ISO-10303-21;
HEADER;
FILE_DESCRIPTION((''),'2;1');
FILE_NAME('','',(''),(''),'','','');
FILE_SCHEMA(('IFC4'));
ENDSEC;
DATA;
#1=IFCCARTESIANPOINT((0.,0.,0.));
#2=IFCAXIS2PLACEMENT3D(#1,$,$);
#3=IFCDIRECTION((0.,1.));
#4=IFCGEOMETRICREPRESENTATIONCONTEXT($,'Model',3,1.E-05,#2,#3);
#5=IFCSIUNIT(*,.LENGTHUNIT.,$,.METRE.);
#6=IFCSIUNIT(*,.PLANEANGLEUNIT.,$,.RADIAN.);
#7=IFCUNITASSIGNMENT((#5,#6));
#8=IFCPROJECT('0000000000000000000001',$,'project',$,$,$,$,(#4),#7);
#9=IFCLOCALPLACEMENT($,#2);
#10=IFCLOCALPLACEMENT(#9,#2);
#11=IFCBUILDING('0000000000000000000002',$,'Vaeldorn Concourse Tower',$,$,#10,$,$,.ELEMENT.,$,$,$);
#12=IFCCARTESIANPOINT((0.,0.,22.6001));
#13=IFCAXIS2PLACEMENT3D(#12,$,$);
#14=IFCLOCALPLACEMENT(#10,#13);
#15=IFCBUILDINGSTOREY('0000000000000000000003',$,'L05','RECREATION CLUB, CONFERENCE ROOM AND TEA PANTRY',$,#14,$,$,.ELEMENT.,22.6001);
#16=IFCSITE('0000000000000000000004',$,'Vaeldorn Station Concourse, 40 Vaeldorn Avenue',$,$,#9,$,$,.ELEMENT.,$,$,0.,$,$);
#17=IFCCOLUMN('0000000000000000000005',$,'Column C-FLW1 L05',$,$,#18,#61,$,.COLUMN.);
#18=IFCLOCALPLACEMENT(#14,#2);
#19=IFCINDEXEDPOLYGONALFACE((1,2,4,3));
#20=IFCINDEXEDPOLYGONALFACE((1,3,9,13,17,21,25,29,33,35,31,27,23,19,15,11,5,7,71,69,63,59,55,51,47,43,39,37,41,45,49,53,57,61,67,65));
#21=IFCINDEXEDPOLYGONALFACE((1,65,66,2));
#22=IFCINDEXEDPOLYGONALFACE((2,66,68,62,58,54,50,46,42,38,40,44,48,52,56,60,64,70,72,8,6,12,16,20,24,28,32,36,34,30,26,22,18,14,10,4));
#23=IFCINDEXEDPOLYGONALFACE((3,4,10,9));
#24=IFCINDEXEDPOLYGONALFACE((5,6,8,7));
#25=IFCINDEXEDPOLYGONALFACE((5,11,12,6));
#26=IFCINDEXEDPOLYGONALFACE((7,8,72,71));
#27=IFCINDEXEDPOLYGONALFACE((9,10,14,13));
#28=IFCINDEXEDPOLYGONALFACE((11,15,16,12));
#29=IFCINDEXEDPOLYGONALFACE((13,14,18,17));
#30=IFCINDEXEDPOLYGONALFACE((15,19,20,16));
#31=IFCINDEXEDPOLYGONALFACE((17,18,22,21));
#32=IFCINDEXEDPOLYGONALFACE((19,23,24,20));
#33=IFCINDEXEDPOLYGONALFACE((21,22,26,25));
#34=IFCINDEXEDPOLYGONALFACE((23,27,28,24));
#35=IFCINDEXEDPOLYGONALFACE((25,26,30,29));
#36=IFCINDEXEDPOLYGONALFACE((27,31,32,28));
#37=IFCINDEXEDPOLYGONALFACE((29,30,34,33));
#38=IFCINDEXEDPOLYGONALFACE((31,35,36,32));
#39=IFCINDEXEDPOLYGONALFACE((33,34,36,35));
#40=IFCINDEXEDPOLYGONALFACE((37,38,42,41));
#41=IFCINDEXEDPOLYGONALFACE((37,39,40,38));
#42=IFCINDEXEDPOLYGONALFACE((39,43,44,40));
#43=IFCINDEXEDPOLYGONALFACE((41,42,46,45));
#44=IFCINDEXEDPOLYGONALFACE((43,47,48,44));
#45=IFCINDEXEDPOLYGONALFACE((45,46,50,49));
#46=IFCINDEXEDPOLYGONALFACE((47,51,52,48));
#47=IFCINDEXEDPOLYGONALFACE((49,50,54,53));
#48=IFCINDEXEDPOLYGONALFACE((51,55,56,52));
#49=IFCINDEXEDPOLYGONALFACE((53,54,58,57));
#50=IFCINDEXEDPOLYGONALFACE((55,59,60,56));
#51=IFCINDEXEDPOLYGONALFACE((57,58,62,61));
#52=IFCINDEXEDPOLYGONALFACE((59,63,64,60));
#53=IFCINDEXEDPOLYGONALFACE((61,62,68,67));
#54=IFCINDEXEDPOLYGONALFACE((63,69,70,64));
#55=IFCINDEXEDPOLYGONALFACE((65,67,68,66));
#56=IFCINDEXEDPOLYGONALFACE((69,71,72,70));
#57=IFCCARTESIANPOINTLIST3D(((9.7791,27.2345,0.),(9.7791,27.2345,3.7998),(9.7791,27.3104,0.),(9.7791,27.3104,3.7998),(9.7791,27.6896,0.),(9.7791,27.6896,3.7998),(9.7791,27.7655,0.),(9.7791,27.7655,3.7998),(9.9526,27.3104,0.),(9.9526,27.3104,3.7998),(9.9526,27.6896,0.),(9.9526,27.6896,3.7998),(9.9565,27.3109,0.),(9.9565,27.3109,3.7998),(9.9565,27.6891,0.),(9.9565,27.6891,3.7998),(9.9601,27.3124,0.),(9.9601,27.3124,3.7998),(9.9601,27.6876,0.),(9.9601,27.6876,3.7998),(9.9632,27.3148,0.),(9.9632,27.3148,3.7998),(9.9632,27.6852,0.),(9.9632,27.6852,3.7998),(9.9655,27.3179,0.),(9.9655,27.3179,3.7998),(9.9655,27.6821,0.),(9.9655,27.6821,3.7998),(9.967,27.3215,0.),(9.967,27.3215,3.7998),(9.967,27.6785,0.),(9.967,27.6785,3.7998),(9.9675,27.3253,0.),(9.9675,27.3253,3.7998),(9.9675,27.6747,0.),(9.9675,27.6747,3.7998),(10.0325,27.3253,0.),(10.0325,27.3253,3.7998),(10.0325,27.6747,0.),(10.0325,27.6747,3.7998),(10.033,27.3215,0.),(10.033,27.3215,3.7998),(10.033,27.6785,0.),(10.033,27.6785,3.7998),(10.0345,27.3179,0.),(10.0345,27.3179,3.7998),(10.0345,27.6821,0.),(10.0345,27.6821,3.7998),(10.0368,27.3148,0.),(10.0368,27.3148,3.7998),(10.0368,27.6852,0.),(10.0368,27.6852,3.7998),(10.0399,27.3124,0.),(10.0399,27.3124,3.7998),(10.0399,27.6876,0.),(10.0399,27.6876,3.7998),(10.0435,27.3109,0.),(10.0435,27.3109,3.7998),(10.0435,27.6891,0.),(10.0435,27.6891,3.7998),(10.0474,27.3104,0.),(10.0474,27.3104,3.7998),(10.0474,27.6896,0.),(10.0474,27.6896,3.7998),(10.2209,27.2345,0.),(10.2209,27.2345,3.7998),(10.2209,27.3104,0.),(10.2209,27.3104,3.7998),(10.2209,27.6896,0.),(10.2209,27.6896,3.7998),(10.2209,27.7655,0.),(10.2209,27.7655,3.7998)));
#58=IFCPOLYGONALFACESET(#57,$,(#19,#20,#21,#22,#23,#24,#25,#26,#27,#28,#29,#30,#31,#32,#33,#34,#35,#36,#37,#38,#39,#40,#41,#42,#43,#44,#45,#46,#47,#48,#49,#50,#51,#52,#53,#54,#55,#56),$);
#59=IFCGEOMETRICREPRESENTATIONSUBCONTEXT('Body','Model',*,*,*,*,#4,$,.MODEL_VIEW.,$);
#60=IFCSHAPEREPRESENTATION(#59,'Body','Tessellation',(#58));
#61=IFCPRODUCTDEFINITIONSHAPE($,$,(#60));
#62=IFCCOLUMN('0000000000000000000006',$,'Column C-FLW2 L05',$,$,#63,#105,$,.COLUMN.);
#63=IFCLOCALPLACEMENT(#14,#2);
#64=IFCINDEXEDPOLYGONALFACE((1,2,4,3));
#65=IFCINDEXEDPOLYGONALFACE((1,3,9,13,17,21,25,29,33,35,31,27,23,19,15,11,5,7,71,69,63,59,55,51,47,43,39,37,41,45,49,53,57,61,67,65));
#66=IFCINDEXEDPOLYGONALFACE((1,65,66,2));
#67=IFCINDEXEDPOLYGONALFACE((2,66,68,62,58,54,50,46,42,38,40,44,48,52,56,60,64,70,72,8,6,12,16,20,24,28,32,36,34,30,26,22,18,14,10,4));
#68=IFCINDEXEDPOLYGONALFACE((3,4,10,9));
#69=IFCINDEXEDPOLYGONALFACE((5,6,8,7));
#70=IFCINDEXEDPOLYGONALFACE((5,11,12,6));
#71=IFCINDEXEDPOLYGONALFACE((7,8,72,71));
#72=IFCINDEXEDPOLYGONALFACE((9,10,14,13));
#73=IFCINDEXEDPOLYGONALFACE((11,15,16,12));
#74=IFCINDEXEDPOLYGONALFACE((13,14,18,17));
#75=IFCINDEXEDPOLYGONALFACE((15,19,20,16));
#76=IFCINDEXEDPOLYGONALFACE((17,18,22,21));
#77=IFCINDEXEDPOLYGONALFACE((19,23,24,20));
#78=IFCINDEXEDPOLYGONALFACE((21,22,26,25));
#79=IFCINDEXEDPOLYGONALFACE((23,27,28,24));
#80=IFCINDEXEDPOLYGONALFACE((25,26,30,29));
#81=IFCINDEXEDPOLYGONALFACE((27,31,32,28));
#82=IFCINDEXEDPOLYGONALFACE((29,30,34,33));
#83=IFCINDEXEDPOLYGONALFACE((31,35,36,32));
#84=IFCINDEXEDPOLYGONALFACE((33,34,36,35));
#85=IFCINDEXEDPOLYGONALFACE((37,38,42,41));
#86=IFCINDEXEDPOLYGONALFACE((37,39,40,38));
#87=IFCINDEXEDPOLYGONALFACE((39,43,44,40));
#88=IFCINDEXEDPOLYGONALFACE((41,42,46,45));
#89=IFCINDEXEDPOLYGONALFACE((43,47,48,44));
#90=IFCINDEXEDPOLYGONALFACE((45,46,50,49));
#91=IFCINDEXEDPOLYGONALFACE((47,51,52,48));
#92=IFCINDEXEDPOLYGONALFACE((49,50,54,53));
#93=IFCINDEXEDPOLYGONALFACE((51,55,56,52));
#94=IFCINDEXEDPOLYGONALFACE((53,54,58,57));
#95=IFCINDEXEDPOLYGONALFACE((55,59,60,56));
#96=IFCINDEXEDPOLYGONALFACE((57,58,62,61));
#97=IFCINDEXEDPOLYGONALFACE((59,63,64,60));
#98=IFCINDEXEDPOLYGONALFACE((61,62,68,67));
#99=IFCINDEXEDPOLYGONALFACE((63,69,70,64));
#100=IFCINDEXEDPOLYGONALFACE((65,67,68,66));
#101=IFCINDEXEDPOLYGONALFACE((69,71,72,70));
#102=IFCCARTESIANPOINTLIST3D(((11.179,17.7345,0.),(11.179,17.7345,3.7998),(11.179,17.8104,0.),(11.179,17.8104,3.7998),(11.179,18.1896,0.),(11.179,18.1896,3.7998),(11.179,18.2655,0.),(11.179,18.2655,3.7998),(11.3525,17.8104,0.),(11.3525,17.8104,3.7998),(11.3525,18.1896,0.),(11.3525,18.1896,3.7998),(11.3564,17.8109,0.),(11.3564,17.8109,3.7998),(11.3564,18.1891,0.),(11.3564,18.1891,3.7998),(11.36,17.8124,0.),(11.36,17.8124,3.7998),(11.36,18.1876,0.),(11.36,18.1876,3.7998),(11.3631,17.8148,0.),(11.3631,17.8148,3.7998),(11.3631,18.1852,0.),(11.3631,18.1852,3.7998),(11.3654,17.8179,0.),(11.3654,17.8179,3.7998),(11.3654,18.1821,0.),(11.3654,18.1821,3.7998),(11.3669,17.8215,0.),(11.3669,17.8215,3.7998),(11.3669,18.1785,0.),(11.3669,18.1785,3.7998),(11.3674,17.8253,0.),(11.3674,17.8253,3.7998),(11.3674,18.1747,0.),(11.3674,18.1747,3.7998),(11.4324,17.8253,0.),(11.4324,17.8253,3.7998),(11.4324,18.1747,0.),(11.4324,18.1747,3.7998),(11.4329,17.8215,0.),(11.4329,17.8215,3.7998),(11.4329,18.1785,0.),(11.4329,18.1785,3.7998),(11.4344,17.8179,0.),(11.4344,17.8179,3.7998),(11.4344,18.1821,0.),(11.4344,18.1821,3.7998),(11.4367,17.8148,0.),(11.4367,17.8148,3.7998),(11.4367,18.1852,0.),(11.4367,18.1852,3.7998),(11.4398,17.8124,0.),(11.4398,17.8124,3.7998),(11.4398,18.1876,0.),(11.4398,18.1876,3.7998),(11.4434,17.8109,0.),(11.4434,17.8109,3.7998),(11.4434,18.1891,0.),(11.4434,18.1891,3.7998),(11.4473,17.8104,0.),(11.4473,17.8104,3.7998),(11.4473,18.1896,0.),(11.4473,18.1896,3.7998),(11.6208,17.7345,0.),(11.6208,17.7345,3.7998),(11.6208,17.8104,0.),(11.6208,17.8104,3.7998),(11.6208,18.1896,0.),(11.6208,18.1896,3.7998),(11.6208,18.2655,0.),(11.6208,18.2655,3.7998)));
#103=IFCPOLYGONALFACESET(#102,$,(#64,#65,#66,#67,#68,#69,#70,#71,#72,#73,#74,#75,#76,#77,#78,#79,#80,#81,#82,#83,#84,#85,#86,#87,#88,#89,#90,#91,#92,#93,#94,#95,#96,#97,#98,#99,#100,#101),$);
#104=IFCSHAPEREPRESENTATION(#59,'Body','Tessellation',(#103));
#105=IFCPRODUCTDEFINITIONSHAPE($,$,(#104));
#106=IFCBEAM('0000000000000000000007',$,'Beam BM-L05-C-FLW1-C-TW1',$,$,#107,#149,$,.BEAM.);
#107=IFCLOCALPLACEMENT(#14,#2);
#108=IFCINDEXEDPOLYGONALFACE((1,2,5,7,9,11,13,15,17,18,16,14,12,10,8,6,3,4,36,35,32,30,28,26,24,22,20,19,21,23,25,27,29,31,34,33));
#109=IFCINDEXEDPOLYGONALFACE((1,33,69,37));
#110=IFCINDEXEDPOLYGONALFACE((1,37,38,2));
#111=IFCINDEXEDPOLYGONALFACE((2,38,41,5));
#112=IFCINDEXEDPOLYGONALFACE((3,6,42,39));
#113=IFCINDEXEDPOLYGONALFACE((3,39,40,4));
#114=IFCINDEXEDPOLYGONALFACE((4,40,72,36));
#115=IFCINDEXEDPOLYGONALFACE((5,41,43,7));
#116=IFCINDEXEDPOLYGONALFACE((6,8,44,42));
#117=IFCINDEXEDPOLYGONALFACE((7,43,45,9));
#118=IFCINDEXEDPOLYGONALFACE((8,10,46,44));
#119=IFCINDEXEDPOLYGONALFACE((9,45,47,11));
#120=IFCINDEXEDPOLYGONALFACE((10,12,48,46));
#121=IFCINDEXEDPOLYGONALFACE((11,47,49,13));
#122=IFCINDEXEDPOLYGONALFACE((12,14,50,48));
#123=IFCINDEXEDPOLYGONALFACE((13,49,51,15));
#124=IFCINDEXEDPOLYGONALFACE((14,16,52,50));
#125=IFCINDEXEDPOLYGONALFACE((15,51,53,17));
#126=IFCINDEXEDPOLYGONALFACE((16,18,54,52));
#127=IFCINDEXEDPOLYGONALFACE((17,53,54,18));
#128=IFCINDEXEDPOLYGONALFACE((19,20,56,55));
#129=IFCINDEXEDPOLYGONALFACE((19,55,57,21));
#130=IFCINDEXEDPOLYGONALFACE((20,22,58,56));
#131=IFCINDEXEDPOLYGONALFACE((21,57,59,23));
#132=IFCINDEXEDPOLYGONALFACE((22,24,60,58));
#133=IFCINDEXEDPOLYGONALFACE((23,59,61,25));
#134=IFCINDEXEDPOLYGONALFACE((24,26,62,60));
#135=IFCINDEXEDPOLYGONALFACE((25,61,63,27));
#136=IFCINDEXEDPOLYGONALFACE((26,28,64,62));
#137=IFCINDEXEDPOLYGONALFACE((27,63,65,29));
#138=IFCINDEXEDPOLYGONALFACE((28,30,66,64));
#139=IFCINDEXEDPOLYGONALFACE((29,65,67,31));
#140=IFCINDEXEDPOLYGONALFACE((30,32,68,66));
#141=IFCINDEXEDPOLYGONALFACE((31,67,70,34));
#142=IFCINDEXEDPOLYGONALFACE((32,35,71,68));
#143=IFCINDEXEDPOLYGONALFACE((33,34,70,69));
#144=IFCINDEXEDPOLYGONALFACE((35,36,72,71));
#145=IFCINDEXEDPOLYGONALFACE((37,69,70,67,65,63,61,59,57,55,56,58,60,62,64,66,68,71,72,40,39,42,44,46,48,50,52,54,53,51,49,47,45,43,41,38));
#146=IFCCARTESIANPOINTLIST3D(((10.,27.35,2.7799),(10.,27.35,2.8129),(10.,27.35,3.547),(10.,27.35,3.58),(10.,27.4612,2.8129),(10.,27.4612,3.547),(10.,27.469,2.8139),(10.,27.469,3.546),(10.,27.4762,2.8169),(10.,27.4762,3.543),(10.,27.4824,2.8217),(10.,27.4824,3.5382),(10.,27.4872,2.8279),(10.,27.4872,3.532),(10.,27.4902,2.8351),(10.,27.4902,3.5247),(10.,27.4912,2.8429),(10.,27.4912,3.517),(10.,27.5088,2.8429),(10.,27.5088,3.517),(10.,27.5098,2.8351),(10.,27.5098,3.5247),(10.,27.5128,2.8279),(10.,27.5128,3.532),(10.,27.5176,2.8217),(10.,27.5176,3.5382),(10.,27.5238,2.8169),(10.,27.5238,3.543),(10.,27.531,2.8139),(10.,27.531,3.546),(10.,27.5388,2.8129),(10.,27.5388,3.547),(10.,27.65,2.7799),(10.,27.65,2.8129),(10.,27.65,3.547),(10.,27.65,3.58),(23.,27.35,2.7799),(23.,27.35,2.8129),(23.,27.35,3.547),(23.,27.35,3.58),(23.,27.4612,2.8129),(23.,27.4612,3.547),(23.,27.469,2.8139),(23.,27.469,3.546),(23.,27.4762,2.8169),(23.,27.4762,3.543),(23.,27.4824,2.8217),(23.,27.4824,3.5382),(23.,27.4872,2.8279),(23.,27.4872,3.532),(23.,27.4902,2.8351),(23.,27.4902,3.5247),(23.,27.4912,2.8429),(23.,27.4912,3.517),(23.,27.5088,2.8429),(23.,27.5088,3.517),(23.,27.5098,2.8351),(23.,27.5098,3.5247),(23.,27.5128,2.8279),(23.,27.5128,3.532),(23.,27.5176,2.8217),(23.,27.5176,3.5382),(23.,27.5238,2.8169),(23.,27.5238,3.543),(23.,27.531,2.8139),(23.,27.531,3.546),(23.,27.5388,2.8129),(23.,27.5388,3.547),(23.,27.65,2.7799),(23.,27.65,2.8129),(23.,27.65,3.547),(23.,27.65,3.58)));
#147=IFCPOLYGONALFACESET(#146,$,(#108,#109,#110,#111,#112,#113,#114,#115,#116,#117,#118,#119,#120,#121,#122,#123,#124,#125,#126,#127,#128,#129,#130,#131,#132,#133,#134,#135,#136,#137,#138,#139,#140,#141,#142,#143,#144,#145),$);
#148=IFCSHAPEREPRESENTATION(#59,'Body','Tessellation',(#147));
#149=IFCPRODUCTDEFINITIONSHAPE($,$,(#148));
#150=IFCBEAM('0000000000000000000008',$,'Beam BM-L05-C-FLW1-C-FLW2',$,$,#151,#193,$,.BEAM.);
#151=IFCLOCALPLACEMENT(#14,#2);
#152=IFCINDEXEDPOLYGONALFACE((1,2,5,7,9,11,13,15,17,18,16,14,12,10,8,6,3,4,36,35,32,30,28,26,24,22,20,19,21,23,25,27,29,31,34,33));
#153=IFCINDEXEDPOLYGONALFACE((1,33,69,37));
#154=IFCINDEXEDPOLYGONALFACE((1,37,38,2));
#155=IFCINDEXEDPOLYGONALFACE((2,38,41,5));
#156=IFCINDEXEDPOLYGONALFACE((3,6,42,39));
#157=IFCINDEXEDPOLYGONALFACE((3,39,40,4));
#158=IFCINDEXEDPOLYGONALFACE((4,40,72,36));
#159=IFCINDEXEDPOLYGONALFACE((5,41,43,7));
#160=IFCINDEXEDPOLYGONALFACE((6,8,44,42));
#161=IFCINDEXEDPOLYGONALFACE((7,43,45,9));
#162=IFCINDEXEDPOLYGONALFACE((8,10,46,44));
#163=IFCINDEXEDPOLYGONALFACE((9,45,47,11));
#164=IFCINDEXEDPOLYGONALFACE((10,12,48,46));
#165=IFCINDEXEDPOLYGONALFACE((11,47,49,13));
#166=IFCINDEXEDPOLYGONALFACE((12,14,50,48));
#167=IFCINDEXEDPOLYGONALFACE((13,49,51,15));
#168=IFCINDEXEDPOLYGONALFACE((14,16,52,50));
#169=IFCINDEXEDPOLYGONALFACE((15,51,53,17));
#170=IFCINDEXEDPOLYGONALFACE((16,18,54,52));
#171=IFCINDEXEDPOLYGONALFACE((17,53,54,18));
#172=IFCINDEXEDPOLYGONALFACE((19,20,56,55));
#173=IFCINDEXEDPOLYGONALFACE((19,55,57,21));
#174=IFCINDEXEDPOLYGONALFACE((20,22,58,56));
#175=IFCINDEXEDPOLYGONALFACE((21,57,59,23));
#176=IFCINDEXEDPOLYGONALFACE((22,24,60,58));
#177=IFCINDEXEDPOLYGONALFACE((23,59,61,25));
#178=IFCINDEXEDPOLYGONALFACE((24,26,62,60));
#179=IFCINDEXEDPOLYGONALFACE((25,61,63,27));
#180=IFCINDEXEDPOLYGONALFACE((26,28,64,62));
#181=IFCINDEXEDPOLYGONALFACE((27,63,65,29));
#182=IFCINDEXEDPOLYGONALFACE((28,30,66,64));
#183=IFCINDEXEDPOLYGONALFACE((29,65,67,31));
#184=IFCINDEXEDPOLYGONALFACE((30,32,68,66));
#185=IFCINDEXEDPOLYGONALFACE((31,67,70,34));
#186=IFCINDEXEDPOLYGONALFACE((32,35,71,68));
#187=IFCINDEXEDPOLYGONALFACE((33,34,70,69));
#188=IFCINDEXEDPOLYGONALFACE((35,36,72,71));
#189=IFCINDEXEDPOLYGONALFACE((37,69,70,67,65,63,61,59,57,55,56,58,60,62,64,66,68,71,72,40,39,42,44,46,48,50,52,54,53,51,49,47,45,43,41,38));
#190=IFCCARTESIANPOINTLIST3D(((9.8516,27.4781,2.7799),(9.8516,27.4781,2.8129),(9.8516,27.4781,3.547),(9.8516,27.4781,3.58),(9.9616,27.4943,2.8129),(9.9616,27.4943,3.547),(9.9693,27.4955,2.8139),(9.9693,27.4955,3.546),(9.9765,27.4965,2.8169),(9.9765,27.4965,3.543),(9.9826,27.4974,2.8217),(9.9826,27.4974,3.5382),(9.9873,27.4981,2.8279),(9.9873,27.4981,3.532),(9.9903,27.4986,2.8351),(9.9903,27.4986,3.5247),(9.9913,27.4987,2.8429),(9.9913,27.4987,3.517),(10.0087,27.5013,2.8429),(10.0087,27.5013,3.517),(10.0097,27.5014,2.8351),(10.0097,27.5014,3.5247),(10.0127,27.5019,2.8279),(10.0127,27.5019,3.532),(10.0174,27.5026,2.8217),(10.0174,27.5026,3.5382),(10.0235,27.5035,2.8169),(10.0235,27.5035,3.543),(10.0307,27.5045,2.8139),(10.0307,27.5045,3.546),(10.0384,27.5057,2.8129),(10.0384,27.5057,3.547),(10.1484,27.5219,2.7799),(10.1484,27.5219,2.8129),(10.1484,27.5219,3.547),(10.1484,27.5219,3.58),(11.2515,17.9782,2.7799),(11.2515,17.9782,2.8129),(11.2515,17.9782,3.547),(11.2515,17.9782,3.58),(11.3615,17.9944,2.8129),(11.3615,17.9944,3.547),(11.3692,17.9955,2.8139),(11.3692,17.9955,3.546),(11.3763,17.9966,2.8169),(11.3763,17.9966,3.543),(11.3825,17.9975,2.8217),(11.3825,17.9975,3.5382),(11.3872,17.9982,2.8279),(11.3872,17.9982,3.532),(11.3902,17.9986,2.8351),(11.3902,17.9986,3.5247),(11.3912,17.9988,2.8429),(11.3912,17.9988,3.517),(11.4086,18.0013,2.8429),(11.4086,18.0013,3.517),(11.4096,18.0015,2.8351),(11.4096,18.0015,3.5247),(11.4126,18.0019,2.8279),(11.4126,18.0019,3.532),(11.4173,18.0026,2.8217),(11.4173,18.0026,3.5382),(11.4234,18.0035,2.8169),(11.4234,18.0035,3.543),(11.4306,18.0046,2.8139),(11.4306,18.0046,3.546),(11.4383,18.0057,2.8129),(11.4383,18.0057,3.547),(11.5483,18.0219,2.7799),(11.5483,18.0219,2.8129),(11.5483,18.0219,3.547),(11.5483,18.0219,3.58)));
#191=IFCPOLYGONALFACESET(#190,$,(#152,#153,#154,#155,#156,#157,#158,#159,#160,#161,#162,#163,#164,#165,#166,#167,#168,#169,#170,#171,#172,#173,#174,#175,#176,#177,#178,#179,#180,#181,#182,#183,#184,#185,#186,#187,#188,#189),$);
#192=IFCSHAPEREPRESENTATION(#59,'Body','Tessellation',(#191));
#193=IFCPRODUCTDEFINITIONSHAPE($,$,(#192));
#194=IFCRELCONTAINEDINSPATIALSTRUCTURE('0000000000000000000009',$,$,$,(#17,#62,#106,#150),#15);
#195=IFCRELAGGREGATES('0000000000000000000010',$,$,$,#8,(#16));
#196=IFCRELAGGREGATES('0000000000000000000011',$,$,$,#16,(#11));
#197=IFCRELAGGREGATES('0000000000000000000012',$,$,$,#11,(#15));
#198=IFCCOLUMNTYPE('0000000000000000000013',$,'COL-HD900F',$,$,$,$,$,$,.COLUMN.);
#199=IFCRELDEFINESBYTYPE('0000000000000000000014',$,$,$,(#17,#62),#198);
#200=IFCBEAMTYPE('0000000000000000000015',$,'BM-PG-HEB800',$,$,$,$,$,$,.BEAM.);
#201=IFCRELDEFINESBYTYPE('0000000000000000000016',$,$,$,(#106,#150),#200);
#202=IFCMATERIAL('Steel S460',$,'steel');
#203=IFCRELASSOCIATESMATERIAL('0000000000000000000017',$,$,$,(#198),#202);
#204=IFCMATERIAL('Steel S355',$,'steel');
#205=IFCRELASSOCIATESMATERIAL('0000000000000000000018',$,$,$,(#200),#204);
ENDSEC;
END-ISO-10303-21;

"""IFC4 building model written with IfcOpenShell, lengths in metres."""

from ifc_helpers import new_model, si_unit, direction, frame, origin, origin_2d, place, context, subcontext, project, spatial, i_section, extrude, source, transform, mapped, material, material_profile, profile_set, type_object, element, save


model = new_model("IFC4")

# Units and contexts
model_context = context("Model", 3, precision=1e-05, world=origin(), true_north=direction((0.0, 1.0)))
body_context = subcontext(model_context, "Body", "Model", "MODEL_VIEW")
ifc_project = project(units=[si_unit("LENGTHUNIT", "METRE"), si_unit("PLANEANGLEUNIT", "RADIAN")], contexts=[model_context])

# Site, building, storey
site_placement = place(None, origin())
site = spatial("IfcSite", under=ifc_project, at=site_placement, Name="Vaeldorn Station Concourse, 40 Vaeldorn Avenue", CompositionType="ELEMENT", RefElevation=0.0)
building_placement = place(site_placement, origin())
building = spatial("IfcBuilding", under=site, at=building_placement, Name="Vaeldorn Concourse Tower", CompositionType="ELEMENT")
storey_placement = place(building_placement, frame((0.0, 0.0, 22.6001)))
storey = spatial("IfcBuildingStorey", under=building, at=storey_placement, Name="L05", Description="RECREATION CLUB, CONFERENCE ROOM AND TEA PANTRY", CompositionType="ELEMENT", Elevation=22.6001)

# Columns
ifc_material_1 = material(Name="Steel S460", Category="steel")
ifc_material_profile_1 = material_profile(ifc_material_1, i_section(OverallWidth=0.4419, OverallDepth=0.531, WebThickness=0.0649, FlangeThickness=0.0759, FilletRadius=0.0149, at=origin_2d()), Name="HD 400x900")
ifc_profile_set_1 = profile_set([ifc_material_profile_1], Name="Steel S460")
column_type = type_object("IfcColumnType", Name="COL-HD900F", PredefinedType="COLUMN", material=ifc_profile_set_1)
shared_shape_1 = source(origin(), body_context, "Body", "SweptSolid", [
    extrude(i_section(OverallWidth=0.4419, OverallDepth=0.531, WebThickness=0.0649, FlangeThickness=0.0759, FilletRadius=0.0149, at=origin_2d()), origin(), (0.0, 0.0, 1.0), 3.7998),
])
for number, where, z_axis, x_axis, name in (
    (1, (10.0, 27.5, 0.0), (0.0, 0.0, 1.0), (1.0, 0.0, 0.0), "Column C-FLW1 L05"),
    (2, (11.3999, 18.0, 0.0), (0.0, 0.0, 1.0), (1.0, 0.0, 0.0), "Column C-FLW2 L05"),
):
    element("IfcColumn", number, at=place(storey_placement, frame(where, z_axis=z_axis, x_axis=x_axis)), inside=storey, type_object=column_type, Name=name, PredefinedType="COLUMN", context=body_context, shape_type="MappedRepresentation", body=[
        mapped(shared_shape_1, transform((0.0, 0.0, 0.0), scale=1.0)),
    ])

# Beams
ifc_material_2 = material(Name="Steel S355", Category="steel")
ifc_material_profile_2 = material_profile(ifc_material_2, i_section(OverallWidth=0.3, OverallDepth=0.8, WebThickness=0.0176, FlangeThickness=0.033, FilletRadius=0.03, at=origin_2d()), Name="HEB 800")
ifc_profile_set_2 = profile_set([ifc_material_profile_2], Name="Steel S355")
beam_type_1 = type_object("IfcBeamType", Name="BM-PG-HEB800", PredefinedType="BEAM", material=ifc_profile_set_2)
shared_shape_2 = source(origin(), body_context, "Body", "SweptSolid", [
    extrude(i_section(OverallWidth=0.3, OverallDepth=0.8, WebThickness=0.0176, FlangeThickness=0.033, FilletRadius=0.03, at=origin_2d()), origin(), (0.0, 0.0, 1.0), 13.0),
])
beam_1_placement = place(storey_placement, frame((10.0, 27.5, 3.1799), z_axis=(1.0, 0.0, 0.0), x_axis=(0.0, 1.0, 0.0)))
element("IfcBeam", 3, at=beam_1_placement, inside=storey, type_object=beam_type_1, Name="Beam BM-L05-C-FLW1-C-TW1", PredefinedType="BEAM", context=body_context, shape_type="MappedRepresentation", body=[
    mapped(shared_shape_2, transform((0.0, 0.0, 0.0), scale=1.0)),
])
shared_shape_3 = source(origin(), body_context, "Body", "SweptSolid", [
    extrude(i_section(OverallWidth=0.3, OverallDepth=0.8, WebThickness=0.0176, FlangeThickness=0.033, FilletRadius=0.03, at=origin_2d()), origin(), (0.0, 0.0, 1.0), 9.6025),
])
beam_2_placement = place(storey_placement, frame((10.0, 27.5, 3.1799), z_axis=(0.145784, -0.989316, 0.0), x_axis=(0.989316, 0.145784, 0.0)))
element("IfcBeam", 4, at=beam_2_placement, inside=storey, type_object=beam_type_1, Name="Beam BM-L05-C-FLW1-C-FLW2", PredefinedType="BEAM", context=body_context, shape_type="MappedRepresentation", body=[
    mapped(shared_shape_3, transform((0.0, 0.0, 0.0), scale=1.0)),
])

save(model, "model.ifc")
